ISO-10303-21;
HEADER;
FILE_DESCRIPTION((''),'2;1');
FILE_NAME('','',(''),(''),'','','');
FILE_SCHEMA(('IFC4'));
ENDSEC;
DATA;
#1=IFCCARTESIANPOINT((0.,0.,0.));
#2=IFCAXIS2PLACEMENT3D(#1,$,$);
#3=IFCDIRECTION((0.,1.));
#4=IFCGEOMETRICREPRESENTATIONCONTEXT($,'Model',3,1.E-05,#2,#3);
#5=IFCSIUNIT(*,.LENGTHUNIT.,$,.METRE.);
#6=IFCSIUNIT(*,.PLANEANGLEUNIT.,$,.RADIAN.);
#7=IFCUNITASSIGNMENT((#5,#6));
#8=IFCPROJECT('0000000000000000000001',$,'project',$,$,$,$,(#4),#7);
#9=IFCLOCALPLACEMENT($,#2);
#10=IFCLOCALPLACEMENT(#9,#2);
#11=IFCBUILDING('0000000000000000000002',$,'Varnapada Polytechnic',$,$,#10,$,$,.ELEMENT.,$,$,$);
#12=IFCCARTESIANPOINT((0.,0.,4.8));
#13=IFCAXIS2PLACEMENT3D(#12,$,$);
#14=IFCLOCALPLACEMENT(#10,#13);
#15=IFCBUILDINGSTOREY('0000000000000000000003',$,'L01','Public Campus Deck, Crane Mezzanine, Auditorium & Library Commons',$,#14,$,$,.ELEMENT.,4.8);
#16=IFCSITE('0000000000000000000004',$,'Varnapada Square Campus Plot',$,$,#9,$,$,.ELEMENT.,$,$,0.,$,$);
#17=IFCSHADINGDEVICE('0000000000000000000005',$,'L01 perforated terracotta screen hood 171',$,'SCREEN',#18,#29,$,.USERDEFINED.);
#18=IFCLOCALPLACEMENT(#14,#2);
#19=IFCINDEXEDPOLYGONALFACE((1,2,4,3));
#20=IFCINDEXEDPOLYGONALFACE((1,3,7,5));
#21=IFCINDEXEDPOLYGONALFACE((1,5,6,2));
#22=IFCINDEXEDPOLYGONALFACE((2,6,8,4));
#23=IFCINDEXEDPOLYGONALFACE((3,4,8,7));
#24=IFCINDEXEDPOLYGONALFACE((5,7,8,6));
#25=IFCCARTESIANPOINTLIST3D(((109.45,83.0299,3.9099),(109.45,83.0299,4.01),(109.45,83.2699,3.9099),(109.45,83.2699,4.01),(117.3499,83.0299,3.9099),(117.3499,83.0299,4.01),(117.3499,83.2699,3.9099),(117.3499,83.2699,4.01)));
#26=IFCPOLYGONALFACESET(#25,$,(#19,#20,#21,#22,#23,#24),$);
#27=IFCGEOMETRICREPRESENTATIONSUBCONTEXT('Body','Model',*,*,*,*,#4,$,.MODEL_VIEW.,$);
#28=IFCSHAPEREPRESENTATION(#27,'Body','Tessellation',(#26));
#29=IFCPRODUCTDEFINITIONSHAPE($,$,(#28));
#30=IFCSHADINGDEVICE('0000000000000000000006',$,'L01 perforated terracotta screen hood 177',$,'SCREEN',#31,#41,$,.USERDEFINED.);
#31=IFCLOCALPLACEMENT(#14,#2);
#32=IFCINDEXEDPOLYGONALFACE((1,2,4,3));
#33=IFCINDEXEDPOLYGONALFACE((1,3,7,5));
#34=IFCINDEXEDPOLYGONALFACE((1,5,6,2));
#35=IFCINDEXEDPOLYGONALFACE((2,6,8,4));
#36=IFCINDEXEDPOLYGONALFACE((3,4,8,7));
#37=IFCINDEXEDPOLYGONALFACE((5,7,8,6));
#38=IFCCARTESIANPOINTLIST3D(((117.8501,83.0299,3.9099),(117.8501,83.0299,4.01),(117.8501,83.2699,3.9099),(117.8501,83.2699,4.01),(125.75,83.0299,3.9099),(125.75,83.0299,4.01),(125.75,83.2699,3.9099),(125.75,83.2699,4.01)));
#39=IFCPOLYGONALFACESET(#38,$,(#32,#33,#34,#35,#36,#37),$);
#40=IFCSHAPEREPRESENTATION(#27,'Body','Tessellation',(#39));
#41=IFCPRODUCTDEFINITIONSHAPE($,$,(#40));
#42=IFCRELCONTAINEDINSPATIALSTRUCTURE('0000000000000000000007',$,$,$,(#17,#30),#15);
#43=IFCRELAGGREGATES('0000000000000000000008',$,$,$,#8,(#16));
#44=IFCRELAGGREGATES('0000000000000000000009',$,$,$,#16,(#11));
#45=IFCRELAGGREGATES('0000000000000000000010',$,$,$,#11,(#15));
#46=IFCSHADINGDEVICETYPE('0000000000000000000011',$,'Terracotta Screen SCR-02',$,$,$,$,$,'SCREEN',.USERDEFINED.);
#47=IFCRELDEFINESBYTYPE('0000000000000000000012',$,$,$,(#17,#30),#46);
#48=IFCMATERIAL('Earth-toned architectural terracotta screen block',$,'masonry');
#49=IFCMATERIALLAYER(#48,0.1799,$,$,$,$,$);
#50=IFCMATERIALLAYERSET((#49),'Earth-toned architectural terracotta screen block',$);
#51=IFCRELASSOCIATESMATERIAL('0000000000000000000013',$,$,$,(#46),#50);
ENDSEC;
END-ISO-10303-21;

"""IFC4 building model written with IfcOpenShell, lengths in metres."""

from ifc_helpers import new_model, si_unit, direction, frame, origin, origin_2d, place, context, subcontext, project, spatial, rectangle, extrude, material, layer, layer_set, type_object, element, save


model = new_model("IFC4")

# Units and contexts
model_context = context("Model", 3, precision=1e-05, world=origin(), true_north=direction((0.0, 1.0)))
body_context = subcontext(model_context, "Body", "Model", "MODEL_VIEW")
ifc_project = project(units=[si_unit("LENGTHUNIT", "METRE"), si_unit("PLANEANGLEUNIT", "RADIAN")], contexts=[model_context])

# Site, building, storey
site_placement = place(None, origin())
site = spatial("IfcSite", under=ifc_project, at=site_placement, Name="Varnapada Square Campus Plot", CompositionType="ELEMENT", RefElevation=0.0)
building_placement = place(site_placement, origin())
building = spatial("IfcBuilding", under=site, at=building_placement, Name="Varnapada Polytechnic", CompositionType="ELEMENT")
storey_placement = place(building_placement, frame((0.0, 0.0, 4.8)))
storey = spatial("IfcBuildingStorey", under=building, at=storey_placement, Name="L01", Description="Public Campus Deck, Crane Mezzanine, Auditorium & Library Commons", CompositionType="ELEMENT", Elevation=4.8)

# Shared definitions
ifc_material = material(Name="Earth-toned architectural terracotta screen block", Category="masonry")

# Shading devices
ifc_layer_1 = layer(ifc_material, 0.1799)
ifc_layer_set_1 = layer_set([ifc_layer_1], Name="Earth-toned architectural terracotta screen block")
shading_device_type = type_object("IfcShadingDeviceType", Name="Terracotta Screen SCR-02", ElementType="SCREEN", PredefinedType="USERDEFINED", material=ifc_layer_set_1)
for number, where, z_axis, x_axis, name in (
    (1, (113.3999, 83.1499, 3.9099), (0.0, 0.0, 1.0), (-1.0, 0.0, 0.0), "L01 perforated terracotta screen hood 171"),
    (2, (121.8, 83.1499, 3.9099), (0.0, 0.0, 1.0), (-1.0, 0.0, 0.0), "L01 perforated terracotta screen hood 177"),
):
    element("IfcShadingDevice", number, at=place(storey_placement, frame(where, z_axis=z_axis, x_axis=x_axis)), inside=storey, type_object=shading_device_type, Name=name, ObjectType="SCREEN", PredefinedType="USERDEFINED", context=body_context, shape_type="SweptSolid", body=[
        extrude(rectangle(XDim=7.8999, YDim=0.24, at=origin_2d()), origin(), (0.0, 0.0, 1.0), 0.1001),
    ])

save(model, "model.ifc")
